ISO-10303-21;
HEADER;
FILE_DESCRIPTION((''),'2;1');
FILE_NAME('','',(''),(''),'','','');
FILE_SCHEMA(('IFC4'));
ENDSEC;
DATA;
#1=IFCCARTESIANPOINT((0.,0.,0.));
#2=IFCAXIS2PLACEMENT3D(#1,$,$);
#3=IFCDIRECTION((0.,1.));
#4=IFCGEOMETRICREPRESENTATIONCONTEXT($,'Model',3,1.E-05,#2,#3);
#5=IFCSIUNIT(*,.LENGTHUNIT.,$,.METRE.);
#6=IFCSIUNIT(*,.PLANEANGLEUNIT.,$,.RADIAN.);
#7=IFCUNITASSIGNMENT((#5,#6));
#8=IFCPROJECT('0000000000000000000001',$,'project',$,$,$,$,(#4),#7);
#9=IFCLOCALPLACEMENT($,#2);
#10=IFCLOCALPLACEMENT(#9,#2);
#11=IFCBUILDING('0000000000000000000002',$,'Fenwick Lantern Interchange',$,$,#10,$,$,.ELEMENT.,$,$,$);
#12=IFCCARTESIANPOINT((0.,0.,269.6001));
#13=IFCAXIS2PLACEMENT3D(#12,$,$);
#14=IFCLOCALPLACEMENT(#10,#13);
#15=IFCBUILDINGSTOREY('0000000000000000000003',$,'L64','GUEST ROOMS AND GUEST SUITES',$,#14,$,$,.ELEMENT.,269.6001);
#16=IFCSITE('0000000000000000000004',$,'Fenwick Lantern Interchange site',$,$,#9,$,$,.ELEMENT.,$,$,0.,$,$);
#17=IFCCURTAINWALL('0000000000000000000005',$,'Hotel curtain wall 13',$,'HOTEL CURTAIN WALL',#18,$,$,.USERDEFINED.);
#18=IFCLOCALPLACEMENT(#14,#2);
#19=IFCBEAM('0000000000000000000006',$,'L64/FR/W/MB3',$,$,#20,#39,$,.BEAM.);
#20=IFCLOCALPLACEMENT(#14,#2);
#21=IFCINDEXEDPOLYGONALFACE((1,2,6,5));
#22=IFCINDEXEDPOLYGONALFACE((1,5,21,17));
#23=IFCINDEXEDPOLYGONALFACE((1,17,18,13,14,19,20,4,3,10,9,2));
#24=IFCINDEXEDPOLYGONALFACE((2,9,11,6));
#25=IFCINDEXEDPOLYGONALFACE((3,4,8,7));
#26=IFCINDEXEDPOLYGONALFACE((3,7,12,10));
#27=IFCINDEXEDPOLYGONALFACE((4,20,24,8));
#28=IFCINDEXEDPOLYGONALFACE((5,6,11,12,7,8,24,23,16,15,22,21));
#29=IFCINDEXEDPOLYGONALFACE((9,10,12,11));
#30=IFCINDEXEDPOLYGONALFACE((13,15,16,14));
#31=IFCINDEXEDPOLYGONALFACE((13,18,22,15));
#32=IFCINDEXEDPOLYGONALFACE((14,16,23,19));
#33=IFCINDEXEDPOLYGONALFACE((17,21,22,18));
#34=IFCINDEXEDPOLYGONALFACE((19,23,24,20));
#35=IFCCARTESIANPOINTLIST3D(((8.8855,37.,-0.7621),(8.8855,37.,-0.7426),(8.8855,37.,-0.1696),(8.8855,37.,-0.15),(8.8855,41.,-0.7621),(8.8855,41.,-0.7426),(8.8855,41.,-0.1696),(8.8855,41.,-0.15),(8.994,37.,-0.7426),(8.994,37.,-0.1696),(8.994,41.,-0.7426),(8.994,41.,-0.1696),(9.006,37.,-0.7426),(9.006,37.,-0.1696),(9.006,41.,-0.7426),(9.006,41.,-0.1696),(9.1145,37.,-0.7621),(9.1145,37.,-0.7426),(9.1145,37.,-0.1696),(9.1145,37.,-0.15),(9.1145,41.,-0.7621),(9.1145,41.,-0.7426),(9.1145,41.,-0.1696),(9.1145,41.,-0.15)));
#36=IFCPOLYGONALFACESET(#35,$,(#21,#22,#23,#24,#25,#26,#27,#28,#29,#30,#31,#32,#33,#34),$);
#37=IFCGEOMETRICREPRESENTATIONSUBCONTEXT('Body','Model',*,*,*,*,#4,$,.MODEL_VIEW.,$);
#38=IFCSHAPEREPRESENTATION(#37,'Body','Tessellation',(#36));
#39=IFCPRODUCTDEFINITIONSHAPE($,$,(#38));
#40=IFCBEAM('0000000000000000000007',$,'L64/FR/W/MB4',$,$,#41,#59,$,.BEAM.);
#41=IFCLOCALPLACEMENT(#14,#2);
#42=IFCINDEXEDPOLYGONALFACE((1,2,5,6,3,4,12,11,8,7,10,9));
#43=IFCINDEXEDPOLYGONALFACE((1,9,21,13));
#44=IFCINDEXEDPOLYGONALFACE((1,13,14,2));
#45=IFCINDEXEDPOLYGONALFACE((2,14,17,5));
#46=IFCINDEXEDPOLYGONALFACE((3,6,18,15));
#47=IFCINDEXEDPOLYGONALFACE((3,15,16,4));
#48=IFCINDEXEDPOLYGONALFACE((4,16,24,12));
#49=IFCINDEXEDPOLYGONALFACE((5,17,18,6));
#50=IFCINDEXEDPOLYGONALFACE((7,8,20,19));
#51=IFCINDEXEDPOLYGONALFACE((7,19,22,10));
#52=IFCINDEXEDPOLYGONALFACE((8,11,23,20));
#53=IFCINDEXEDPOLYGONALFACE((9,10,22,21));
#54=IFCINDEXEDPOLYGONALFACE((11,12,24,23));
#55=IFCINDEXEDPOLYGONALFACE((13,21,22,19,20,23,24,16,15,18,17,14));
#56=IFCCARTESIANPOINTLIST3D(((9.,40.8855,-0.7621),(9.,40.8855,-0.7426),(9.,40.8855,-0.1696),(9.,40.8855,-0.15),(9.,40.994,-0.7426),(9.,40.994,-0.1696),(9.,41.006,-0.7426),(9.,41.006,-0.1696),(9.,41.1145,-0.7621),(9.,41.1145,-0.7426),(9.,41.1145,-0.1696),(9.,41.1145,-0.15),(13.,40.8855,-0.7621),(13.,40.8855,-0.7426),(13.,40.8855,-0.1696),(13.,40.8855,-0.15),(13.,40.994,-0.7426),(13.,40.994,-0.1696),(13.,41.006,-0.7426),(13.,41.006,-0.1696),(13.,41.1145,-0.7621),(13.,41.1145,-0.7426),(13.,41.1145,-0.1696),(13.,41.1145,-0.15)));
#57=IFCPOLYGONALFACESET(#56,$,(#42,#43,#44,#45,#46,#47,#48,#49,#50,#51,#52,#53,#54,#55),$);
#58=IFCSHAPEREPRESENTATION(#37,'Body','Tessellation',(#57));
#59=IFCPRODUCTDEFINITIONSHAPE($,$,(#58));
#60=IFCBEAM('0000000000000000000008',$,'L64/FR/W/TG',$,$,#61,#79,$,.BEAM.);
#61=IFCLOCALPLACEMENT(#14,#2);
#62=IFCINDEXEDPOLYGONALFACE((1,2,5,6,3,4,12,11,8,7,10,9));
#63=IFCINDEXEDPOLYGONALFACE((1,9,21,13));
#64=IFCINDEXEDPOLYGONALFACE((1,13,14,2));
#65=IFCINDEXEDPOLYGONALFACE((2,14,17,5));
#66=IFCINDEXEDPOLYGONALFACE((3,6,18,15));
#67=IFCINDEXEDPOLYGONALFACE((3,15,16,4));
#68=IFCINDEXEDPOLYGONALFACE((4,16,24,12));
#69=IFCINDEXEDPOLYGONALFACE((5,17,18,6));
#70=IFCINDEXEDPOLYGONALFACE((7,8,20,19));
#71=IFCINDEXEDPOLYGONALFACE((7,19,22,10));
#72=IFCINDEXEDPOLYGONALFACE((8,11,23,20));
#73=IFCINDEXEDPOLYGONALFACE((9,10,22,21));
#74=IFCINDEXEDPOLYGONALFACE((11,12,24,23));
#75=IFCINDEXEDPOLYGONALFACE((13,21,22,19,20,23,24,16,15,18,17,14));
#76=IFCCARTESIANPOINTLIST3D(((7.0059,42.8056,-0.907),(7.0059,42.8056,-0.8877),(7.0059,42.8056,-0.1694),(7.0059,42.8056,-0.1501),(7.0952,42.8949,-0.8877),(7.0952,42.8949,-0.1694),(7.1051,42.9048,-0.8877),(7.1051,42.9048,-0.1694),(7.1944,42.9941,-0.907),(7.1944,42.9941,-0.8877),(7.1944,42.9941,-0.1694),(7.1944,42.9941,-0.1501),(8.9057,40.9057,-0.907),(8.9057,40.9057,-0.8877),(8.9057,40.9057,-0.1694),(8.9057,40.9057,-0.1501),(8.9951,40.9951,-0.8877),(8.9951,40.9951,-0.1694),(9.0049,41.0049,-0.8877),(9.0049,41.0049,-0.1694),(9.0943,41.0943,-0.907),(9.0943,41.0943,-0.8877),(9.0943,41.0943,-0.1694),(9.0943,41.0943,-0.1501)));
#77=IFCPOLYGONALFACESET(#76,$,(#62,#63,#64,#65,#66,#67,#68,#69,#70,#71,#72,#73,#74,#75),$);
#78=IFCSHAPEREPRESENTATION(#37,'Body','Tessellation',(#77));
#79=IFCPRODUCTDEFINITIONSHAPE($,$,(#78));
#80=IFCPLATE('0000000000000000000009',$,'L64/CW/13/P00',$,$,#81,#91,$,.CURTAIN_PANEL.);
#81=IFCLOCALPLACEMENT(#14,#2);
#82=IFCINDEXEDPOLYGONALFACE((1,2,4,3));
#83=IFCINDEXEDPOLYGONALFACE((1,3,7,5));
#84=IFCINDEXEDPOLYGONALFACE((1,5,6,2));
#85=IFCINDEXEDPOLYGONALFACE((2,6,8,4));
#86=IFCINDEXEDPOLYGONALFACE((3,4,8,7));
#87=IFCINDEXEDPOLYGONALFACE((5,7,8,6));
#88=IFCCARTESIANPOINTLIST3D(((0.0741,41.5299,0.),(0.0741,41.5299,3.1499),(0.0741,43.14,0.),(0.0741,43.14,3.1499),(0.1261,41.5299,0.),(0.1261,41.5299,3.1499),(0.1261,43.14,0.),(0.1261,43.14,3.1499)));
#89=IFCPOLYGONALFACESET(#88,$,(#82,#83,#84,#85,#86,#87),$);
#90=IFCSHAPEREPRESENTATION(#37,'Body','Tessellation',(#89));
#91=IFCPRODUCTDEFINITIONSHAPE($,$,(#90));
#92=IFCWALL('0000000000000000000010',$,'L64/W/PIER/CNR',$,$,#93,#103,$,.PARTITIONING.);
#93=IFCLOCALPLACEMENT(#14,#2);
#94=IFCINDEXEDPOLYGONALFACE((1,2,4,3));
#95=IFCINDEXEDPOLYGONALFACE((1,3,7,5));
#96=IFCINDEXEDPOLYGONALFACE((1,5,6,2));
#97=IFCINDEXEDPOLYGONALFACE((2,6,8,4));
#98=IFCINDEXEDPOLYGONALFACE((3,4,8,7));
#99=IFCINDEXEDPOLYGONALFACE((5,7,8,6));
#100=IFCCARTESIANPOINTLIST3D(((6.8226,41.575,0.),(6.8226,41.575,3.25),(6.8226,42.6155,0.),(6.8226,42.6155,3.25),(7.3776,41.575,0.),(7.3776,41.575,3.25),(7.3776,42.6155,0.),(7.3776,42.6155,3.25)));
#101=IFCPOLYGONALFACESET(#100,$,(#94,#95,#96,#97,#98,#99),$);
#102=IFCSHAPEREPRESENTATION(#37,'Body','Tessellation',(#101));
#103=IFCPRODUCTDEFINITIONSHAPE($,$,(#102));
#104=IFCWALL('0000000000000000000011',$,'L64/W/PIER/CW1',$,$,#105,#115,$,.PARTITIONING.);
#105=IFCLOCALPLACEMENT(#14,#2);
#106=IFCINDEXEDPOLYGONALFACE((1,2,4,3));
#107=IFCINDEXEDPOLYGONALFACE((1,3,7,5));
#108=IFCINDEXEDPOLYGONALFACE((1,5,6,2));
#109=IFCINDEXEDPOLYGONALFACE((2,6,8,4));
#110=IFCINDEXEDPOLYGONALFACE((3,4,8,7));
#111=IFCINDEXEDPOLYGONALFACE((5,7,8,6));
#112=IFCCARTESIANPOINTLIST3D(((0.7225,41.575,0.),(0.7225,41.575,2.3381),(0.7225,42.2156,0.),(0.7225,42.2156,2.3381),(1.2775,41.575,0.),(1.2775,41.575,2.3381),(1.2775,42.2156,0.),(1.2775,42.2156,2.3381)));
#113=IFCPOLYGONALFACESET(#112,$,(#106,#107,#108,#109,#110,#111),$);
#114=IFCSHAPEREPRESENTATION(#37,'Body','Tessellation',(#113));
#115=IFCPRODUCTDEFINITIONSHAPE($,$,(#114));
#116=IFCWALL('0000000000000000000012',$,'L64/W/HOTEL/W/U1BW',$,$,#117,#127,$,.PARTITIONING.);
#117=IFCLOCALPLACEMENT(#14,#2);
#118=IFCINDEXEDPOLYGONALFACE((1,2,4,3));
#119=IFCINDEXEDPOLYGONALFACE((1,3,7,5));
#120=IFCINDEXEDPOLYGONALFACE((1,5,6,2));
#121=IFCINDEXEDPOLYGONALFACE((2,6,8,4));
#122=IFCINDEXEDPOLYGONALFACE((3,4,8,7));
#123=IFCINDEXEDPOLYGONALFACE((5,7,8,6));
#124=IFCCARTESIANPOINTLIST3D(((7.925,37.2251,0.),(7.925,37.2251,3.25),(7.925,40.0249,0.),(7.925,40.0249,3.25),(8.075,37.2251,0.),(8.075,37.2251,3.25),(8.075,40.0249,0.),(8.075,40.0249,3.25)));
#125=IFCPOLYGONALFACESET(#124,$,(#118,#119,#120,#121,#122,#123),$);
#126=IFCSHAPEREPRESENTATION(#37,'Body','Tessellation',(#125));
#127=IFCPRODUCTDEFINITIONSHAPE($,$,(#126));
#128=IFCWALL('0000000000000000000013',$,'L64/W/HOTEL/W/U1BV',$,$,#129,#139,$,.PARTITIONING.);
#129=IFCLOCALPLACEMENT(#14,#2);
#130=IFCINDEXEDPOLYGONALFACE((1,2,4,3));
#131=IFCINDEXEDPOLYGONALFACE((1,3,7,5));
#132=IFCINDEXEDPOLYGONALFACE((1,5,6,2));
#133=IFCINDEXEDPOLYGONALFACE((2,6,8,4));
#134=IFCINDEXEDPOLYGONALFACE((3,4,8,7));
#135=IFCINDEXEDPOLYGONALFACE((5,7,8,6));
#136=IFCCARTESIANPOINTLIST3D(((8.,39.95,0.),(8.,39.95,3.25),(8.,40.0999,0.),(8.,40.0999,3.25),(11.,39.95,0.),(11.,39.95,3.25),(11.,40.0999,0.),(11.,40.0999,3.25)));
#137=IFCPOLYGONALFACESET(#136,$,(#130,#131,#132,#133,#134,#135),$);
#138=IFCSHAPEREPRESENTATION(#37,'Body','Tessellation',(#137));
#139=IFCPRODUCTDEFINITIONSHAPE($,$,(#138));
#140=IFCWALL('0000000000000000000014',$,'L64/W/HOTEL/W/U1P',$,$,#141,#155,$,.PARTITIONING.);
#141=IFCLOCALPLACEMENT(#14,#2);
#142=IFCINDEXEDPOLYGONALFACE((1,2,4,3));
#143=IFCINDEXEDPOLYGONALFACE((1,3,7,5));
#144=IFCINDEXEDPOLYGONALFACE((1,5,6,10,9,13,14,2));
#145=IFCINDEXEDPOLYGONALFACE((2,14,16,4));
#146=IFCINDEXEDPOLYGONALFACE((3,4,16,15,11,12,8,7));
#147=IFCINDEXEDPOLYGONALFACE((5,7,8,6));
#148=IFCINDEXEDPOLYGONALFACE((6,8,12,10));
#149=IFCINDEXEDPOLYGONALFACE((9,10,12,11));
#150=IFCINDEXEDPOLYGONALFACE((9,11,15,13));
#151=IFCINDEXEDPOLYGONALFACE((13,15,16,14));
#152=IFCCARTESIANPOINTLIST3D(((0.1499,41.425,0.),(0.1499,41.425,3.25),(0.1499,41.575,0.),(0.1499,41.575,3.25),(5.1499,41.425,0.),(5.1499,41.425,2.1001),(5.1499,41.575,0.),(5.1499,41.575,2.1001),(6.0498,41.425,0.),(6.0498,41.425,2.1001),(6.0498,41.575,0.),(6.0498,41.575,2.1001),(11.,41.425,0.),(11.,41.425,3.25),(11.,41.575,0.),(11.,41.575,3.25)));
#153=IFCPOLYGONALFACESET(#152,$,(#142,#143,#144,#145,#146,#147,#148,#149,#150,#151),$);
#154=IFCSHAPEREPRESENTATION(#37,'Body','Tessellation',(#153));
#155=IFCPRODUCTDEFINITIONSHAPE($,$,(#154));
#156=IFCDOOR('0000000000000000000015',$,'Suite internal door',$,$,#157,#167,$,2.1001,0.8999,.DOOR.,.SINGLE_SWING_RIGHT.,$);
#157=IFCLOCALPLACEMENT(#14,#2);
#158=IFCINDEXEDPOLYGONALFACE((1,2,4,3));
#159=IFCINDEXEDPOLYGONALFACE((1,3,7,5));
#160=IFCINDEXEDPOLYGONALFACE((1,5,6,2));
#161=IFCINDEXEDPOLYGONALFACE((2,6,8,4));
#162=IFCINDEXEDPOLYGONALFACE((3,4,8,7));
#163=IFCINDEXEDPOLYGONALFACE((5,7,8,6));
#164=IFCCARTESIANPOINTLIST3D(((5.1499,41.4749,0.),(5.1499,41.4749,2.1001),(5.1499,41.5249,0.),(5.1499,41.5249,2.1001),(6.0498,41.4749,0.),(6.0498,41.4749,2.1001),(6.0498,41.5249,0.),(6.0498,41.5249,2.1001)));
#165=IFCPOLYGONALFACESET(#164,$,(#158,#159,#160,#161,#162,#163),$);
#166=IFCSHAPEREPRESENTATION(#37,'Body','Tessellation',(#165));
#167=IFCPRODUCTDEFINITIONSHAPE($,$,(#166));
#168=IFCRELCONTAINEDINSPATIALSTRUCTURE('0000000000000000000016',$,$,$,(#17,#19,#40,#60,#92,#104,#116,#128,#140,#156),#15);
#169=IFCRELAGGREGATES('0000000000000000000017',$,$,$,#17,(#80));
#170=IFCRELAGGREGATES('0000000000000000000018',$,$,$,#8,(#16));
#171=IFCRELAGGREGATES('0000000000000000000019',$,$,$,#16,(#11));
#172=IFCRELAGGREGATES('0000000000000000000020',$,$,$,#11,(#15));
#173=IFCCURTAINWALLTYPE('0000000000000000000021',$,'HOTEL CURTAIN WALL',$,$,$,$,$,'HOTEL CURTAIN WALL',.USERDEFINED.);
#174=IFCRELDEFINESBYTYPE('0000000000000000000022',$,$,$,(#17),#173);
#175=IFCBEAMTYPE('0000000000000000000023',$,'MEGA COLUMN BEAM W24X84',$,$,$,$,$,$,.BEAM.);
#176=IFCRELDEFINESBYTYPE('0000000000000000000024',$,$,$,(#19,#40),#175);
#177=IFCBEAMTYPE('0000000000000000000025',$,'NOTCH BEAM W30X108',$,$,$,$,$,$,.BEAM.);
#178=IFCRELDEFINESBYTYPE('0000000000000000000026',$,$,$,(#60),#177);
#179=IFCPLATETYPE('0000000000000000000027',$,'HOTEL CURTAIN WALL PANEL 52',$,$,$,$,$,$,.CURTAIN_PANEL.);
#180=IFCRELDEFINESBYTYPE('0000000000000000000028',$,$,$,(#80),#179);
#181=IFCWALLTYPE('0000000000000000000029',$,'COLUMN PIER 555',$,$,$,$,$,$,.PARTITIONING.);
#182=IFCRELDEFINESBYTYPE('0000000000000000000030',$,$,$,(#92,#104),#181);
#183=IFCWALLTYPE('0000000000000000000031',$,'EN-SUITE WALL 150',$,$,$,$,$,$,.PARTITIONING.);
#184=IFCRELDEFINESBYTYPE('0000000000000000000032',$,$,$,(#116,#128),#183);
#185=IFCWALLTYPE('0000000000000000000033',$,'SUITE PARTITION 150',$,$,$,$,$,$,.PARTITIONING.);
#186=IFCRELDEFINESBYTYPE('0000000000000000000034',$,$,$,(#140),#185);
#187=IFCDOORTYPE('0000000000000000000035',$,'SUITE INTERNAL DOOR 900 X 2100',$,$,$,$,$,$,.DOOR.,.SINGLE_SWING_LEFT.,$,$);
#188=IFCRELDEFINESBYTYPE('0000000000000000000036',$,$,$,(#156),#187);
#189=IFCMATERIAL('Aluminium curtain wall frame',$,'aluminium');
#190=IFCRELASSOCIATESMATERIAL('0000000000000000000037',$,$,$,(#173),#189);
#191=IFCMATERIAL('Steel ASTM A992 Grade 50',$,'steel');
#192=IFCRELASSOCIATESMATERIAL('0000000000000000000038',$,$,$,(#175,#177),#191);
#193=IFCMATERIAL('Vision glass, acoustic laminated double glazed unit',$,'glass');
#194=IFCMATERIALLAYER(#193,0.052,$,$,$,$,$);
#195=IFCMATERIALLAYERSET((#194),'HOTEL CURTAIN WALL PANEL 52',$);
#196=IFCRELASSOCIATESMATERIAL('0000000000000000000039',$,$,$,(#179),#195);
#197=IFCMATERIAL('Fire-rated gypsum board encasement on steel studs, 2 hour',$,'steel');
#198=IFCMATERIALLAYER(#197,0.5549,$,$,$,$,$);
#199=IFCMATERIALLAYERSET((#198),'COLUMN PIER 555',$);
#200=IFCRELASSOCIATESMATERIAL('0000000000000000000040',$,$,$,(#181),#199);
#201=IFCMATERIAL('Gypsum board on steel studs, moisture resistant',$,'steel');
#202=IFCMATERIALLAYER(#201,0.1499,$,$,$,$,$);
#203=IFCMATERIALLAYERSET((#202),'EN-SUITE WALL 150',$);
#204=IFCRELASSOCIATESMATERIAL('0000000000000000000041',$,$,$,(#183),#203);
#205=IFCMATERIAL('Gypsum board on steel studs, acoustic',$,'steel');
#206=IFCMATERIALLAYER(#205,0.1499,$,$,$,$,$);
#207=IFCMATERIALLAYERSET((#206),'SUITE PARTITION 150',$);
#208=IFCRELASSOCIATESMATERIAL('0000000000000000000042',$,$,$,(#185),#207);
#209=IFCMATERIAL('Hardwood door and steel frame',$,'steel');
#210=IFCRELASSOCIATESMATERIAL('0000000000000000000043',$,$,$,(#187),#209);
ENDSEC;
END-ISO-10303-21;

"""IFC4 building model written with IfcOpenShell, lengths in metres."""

from ifc_helpers import new_model, si_unit, direction, frame, frame_2d, origin, origin_2d, place, context, subcontext, project, spatial, rectangle, i_section, extrude, material, layer, layer_set, material_profile, profile_set, type_object, element, fill, aggregate, save


model = new_model("IFC4")

# Units and contexts
model_context = context("Model", 3, precision=1e-05, world=origin(), true_north=direction((0.0, 1.0)))
body_context = subcontext(model_context, "Body", "Model", "MODEL_VIEW")
ifc_project = project(units=[si_unit("LENGTHUNIT", "METRE"), si_unit("PLANEANGLEUNIT", "RADIAN")], contexts=[model_context])

# Site, building, storey
site_placement = place(None, origin())
site = spatial("IfcSite", under=ifc_project, at=site_placement, Name="Fenwick Lantern Interchange site", CompositionType="ELEMENT", RefElevation=0.0)
building_placement = place(site_placement, origin())
building = spatial("IfcBuilding", under=site, at=building_placement, Name="Fenwick Lantern Interchange", CompositionType="ELEMENT")
storey_placement = place(building_placement, frame((0.0, 0.0, 269.6001)))
storey = spatial("IfcBuildingStorey", under=building, at=storey_placement, Name="L64", Description="GUEST ROOMS AND GUEST SUITES", CompositionType="ELEMENT", Elevation=269.6001)

# Shared definitions
ifc_material_1 = material(Name="Steel ASTM A992 Grade 50", Category="steel")

# Curtain wall
ifc_material_2 = material(Name="Aluminium curtain wall frame", Category="aluminium")
curtain_wall_type = type_object("IfcCurtainWallType", Name="HOTEL CURTAIN WALL", ElementType="HOTEL CURTAIN WALL", PredefinedType="USERDEFINED", material=ifc_material_2)
curtain_wall_placement = place(storey_placement, origin())
curtain_wall = element("IfcCurtainWall", 1, at=curtain_wall_placement, inside=storey, type_object=curtain_wall_type, Name="Hotel curtain wall 13", ObjectType="HOTEL CURTAIN WALL", PredefinedType="USERDEFINED")

# Beams
ifc_material_profile_1 = material_profile(ifc_material_1, i_section(OverallWidth=0.229, OverallDepth=0.6121, WebThickness=0.012, FlangeThickness=0.0195, at=origin_2d()), Name="W24X84")
ifc_profile_set_1 = profile_set([ifc_material_profile_1], Name="Steel ASTM A992 Grade 50")
beam_type_1 = type_object("IfcBeamType", Name="MEGA COLUMN BEAM W24X84", PredefinedType="BEAM", material=ifc_profile_set_1)
for number, where, z_axis, x_axis, name in (
    (2, (9.0, 41.0, -0.4561), (0.0, -1.0, 0.0), (1.0, 0.0, 0.0), "L64/FR/W/MB3"),
    (3, (9.0, 41.0, -0.4561), (1.0, 0.0, 0.0), (0.0, 1.0, 0.0), "L64/FR/W/MB4"),
):
    element("IfcBeam", number, at=place(storey_placement, frame(where, z_axis=z_axis, x_axis=x_axis)), inside=storey, type_object=beam_type_1, Name=name, PredefinedType="BEAM", context=body_context, shape_type="SweptSolid", body=[
        extrude(i_section(OverallWidth=0.229, OverallDepth=0.6121, WebThickness=0.012, FlangeThickness=0.0195, at=origin_2d()), origin(), (0.0, 0.0, 1.0), 4.0),
    ])
ifc_material_profile_2 = material_profile(ifc_material_1, i_section(OverallWidth=0.2666, OverallDepth=0.7568, WebThickness=0.0139, FlangeThickness=0.0193, at=origin_2d()), Name="W30X108")
ifc_profile_set_2 = profile_set([ifc_material_profile_2], Name="Steel ASTM A992 Grade 50")
beam_type_2 = type_object("IfcBeamType", Name="NOTCH BEAM W30X108", PredefinedType="BEAM", material=ifc_profile_set_2)
beam_1_placement = place(storey_placement, frame((9.0, 41.0, -0.5286), z_axis=(-0.707107, 0.707107, 0.0), x_axis=(-0.707107, -0.707107, 0.0)))
element("IfcBeam", 4, at=beam_1_placement, inside=storey, type_object=beam_type_2, Name="L64/FR/W/TG", PredefinedType="BEAM", context=body_context, shape_type="SweptSolid", body=[
    extrude(i_section(OverallWidth=0.2666, OverallDepth=0.7568, WebThickness=0.0139, FlangeThickness=0.0193, at=origin_2d()), origin(), (0.0, 0.0, 1.0), 2.6868),
])

# Plate
ifc_material_3 = material(Name="Vision glass, acoustic laminated double glazed unit", Category="glass")
ifc_layer_1 = layer(ifc_material_3, 0.052)
ifc_layer_set_1 = layer_set([ifc_layer_1], Name="HOTEL CURTAIN WALL PANEL 52")
plate_type = type_object("IfcPlateType", Name="HOTEL CURTAIN WALL PANEL 52", PredefinedType="CURTAIN_PANEL", material=ifc_layer_set_1)
plate_placement = place(storey_placement, frame((0.1001, 42.335, 0.0), z_axis=(0.0, 0.0, 1.0), x_axis=(0.0, -1.0, 0.0)))
plate = element("IfcPlate", 5, at=plate_placement, type_object=plate_type, Name="L64/CW/13/P00", PredefinedType="CURTAIN_PANEL", context=body_context, shape_type="SweptSolid", body=[
    extrude(rectangle(XDim=1.6101, YDim=0.052, at=origin_2d()), origin(), (0.0, 0.0, 1.0), 3.1499),
])
aggregate(curtain_wall, [plate])

# Walls
ifc_material_4 = material(Name="Fire-rated gypsum board encasement on steel studs, 2 hour", Category="steel")
ifc_layer_2 = layer(ifc_material_4, 0.5549)
ifc_layer_set_2 = layer_set([ifc_layer_2], Name="COLUMN PIER 555")
wall_type_1 = type_object("IfcWallType", Name="COLUMN PIER 555", PredefinedType="PARTITIONING", material=ifc_layer_set_2)
wall_1_placement = place(storey_placement, frame((7.1001, 41.575, 0.0), z_axis=(0.0, 0.0, 1.0), x_axis=(0.0, 1.0, 0.0)))
element("IfcWall", 6, at=wall_1_placement, inside=storey, type_object=wall_type_1, Name="L64/W/PIER/CNR", PredefinedType="PARTITIONING", context=body_context, shape_type="SweptSolid", body=[
    extrude(rectangle(XDim=1.0405, YDim=0.5549, at=frame_2d((0.5203, 0.0))), origin(), (0.0, 0.0, 1.0), 3.25),
])
wall_2_placement = place(storey_placement, frame((1.0, 41.575, 0.0), z_axis=(0.0, 0.0, 1.0), x_axis=(0.0, 1.0, 0.0)))
element("IfcWall", 7, at=wall_2_placement, inside=storey, type_object=wall_type_1, Name="L64/W/PIER/CW1", PredefinedType="PARTITIONING", context=body_context, shape_type="SweptSolid", body=[
    extrude(rectangle(XDim=0.6406, YDim=0.5549, at=frame_2d((0.3203, 0.0))), origin(), (0.0, 0.0, 1.0), 2.3381),
])
ifc_material_5 = material(Name="Gypsum board on steel studs, moisture resistant", Category="steel")
ifc_layer_3 = layer(ifc_material_5, 0.1499)
ifc_layer_set_3 = layer_set([ifc_layer_3], Name="EN-SUITE WALL 150")
wall_type_2 = type_object("IfcWallType", Name="EN-SUITE WALL 150", PredefinedType="PARTITIONING", material=ifc_layer_set_3)
wall_3_placement = place(storey_placement, frame((8.0, 40.0249, 0.0), z_axis=(0.0, 0.0, 1.0), x_axis=(0.0, -1.0, 0.0)))
element("IfcWall", 8, at=wall_3_placement, inside=storey, type_object=wall_type_2, Name="L64/W/HOTEL/W/U1BW", PredefinedType="PARTITIONING", context=body_context, shape_type="SweptSolid", body=[
    extrude(rectangle(XDim=2.7998, YDim=0.1499, at=frame_2d((1.3999, 0.0))), origin(), (0.0, 0.0, 1.0), 3.25),
])
wall_4_placement = place(storey_placement, frame((8.0, 40.0249, 0.0), z_axis=(0.0, 0.0, 1.0), x_axis=(1.0, 0.0, 0.0)))
element("IfcWall", 9, at=wall_4_placement, inside=storey, type_object=wall_type_2, Name="L64/W/HOTEL/W/U1BV", PredefinedType="PARTITIONING", context=body_context, shape_type="SweptSolid", body=[
    extrude(rectangle(XDim=3.0, YDim=0.1499, at=frame_2d((1.5, 0.0))), origin(), (0.0, 0.0, 1.0), 3.25),
])

# Wall, opening, door
ifc_material_6 = material(Name="Gypsum board on steel studs, acoustic", Category="steel")
ifc_layer_4 = layer(ifc_material_6, 0.1499)
ifc_layer_set_4 = layer_set([ifc_layer_4], Name="SUITE PARTITION 150")
wall_type_3 = type_object("IfcWallType", Name="SUITE PARTITION 150", PredefinedType="PARTITIONING", material=ifc_layer_set_4)
wall_5_placement = place(storey_placement, frame((0.1499, 41.5, 0.0), z_axis=(0.0, 0.0, 1.0), x_axis=(1.0, 0.0, 0.0)))
wall_5 = element("IfcWall", 10, at=wall_5_placement, inside=storey, type_object=wall_type_3, Name="L64/W/HOTEL/W/U1P", PredefinedType="PARTITIONING", context=body_context, shape_type="SweptSolid", body=[
    extrude(rectangle(XDim=10.8501, YDim=0.1499, at=frame_2d((5.425, 0.0))), origin(), (0.0, 0.0, 1.0), 3.25),
])
opening_placement = place(wall_5_placement, frame((5.0, 0.0, 0.0)))
opening = element("IfcOpeningElement", 11, at=opening_placement, cuts=wall_5, PredefinedType="OPENING", context=body_context, shape_type="SweptSolid", body=[
    extrude(rectangle(XDim=0.8999, YDim=2.1001, at=frame_2d((0.45, 1.05))), frame((0.0, 0.085, 0.0), z_axis=(0.0, -1.0, 0.0), x_axis=(1.0, 0.0, 0.0)), (0.0, 0.0, 1.0), 0.1699),
])
ifc_material_7 = material(Name="Hardwood door and steel frame", Category="steel")
door_type = type_object("IfcDoorType", Name="SUITE INTERNAL DOOR 900 X 2100", OperationType="SINGLE_SWING_LEFT", PredefinedType="DOOR", material=ifc_material_7)
door_placement = place(opening_placement, origin())
door = element("IfcDoor", 12, at=door_placement, inside=storey, type_object=door_type, Name="Suite internal door", OperationType="SINGLE_SWING_RIGHT", OverallHeight=2.1001, OverallWidth=0.8999, PredefinedType="DOOR", context=body_context, shape_type="SweptSolid", body=[
    extrude(rectangle(XDim=0.8999, YDim=2.1001, at=frame_2d((0.45, 1.05))), frame((0.0, 0.0249, 0.0), z_axis=(0.0, -1.0, 0.0), x_axis=(1.0, 0.0, 0.0)), (0.0, 0.0, 1.0), 0.05),
])
fill(opening, door)

save(model, "model.ifc")
